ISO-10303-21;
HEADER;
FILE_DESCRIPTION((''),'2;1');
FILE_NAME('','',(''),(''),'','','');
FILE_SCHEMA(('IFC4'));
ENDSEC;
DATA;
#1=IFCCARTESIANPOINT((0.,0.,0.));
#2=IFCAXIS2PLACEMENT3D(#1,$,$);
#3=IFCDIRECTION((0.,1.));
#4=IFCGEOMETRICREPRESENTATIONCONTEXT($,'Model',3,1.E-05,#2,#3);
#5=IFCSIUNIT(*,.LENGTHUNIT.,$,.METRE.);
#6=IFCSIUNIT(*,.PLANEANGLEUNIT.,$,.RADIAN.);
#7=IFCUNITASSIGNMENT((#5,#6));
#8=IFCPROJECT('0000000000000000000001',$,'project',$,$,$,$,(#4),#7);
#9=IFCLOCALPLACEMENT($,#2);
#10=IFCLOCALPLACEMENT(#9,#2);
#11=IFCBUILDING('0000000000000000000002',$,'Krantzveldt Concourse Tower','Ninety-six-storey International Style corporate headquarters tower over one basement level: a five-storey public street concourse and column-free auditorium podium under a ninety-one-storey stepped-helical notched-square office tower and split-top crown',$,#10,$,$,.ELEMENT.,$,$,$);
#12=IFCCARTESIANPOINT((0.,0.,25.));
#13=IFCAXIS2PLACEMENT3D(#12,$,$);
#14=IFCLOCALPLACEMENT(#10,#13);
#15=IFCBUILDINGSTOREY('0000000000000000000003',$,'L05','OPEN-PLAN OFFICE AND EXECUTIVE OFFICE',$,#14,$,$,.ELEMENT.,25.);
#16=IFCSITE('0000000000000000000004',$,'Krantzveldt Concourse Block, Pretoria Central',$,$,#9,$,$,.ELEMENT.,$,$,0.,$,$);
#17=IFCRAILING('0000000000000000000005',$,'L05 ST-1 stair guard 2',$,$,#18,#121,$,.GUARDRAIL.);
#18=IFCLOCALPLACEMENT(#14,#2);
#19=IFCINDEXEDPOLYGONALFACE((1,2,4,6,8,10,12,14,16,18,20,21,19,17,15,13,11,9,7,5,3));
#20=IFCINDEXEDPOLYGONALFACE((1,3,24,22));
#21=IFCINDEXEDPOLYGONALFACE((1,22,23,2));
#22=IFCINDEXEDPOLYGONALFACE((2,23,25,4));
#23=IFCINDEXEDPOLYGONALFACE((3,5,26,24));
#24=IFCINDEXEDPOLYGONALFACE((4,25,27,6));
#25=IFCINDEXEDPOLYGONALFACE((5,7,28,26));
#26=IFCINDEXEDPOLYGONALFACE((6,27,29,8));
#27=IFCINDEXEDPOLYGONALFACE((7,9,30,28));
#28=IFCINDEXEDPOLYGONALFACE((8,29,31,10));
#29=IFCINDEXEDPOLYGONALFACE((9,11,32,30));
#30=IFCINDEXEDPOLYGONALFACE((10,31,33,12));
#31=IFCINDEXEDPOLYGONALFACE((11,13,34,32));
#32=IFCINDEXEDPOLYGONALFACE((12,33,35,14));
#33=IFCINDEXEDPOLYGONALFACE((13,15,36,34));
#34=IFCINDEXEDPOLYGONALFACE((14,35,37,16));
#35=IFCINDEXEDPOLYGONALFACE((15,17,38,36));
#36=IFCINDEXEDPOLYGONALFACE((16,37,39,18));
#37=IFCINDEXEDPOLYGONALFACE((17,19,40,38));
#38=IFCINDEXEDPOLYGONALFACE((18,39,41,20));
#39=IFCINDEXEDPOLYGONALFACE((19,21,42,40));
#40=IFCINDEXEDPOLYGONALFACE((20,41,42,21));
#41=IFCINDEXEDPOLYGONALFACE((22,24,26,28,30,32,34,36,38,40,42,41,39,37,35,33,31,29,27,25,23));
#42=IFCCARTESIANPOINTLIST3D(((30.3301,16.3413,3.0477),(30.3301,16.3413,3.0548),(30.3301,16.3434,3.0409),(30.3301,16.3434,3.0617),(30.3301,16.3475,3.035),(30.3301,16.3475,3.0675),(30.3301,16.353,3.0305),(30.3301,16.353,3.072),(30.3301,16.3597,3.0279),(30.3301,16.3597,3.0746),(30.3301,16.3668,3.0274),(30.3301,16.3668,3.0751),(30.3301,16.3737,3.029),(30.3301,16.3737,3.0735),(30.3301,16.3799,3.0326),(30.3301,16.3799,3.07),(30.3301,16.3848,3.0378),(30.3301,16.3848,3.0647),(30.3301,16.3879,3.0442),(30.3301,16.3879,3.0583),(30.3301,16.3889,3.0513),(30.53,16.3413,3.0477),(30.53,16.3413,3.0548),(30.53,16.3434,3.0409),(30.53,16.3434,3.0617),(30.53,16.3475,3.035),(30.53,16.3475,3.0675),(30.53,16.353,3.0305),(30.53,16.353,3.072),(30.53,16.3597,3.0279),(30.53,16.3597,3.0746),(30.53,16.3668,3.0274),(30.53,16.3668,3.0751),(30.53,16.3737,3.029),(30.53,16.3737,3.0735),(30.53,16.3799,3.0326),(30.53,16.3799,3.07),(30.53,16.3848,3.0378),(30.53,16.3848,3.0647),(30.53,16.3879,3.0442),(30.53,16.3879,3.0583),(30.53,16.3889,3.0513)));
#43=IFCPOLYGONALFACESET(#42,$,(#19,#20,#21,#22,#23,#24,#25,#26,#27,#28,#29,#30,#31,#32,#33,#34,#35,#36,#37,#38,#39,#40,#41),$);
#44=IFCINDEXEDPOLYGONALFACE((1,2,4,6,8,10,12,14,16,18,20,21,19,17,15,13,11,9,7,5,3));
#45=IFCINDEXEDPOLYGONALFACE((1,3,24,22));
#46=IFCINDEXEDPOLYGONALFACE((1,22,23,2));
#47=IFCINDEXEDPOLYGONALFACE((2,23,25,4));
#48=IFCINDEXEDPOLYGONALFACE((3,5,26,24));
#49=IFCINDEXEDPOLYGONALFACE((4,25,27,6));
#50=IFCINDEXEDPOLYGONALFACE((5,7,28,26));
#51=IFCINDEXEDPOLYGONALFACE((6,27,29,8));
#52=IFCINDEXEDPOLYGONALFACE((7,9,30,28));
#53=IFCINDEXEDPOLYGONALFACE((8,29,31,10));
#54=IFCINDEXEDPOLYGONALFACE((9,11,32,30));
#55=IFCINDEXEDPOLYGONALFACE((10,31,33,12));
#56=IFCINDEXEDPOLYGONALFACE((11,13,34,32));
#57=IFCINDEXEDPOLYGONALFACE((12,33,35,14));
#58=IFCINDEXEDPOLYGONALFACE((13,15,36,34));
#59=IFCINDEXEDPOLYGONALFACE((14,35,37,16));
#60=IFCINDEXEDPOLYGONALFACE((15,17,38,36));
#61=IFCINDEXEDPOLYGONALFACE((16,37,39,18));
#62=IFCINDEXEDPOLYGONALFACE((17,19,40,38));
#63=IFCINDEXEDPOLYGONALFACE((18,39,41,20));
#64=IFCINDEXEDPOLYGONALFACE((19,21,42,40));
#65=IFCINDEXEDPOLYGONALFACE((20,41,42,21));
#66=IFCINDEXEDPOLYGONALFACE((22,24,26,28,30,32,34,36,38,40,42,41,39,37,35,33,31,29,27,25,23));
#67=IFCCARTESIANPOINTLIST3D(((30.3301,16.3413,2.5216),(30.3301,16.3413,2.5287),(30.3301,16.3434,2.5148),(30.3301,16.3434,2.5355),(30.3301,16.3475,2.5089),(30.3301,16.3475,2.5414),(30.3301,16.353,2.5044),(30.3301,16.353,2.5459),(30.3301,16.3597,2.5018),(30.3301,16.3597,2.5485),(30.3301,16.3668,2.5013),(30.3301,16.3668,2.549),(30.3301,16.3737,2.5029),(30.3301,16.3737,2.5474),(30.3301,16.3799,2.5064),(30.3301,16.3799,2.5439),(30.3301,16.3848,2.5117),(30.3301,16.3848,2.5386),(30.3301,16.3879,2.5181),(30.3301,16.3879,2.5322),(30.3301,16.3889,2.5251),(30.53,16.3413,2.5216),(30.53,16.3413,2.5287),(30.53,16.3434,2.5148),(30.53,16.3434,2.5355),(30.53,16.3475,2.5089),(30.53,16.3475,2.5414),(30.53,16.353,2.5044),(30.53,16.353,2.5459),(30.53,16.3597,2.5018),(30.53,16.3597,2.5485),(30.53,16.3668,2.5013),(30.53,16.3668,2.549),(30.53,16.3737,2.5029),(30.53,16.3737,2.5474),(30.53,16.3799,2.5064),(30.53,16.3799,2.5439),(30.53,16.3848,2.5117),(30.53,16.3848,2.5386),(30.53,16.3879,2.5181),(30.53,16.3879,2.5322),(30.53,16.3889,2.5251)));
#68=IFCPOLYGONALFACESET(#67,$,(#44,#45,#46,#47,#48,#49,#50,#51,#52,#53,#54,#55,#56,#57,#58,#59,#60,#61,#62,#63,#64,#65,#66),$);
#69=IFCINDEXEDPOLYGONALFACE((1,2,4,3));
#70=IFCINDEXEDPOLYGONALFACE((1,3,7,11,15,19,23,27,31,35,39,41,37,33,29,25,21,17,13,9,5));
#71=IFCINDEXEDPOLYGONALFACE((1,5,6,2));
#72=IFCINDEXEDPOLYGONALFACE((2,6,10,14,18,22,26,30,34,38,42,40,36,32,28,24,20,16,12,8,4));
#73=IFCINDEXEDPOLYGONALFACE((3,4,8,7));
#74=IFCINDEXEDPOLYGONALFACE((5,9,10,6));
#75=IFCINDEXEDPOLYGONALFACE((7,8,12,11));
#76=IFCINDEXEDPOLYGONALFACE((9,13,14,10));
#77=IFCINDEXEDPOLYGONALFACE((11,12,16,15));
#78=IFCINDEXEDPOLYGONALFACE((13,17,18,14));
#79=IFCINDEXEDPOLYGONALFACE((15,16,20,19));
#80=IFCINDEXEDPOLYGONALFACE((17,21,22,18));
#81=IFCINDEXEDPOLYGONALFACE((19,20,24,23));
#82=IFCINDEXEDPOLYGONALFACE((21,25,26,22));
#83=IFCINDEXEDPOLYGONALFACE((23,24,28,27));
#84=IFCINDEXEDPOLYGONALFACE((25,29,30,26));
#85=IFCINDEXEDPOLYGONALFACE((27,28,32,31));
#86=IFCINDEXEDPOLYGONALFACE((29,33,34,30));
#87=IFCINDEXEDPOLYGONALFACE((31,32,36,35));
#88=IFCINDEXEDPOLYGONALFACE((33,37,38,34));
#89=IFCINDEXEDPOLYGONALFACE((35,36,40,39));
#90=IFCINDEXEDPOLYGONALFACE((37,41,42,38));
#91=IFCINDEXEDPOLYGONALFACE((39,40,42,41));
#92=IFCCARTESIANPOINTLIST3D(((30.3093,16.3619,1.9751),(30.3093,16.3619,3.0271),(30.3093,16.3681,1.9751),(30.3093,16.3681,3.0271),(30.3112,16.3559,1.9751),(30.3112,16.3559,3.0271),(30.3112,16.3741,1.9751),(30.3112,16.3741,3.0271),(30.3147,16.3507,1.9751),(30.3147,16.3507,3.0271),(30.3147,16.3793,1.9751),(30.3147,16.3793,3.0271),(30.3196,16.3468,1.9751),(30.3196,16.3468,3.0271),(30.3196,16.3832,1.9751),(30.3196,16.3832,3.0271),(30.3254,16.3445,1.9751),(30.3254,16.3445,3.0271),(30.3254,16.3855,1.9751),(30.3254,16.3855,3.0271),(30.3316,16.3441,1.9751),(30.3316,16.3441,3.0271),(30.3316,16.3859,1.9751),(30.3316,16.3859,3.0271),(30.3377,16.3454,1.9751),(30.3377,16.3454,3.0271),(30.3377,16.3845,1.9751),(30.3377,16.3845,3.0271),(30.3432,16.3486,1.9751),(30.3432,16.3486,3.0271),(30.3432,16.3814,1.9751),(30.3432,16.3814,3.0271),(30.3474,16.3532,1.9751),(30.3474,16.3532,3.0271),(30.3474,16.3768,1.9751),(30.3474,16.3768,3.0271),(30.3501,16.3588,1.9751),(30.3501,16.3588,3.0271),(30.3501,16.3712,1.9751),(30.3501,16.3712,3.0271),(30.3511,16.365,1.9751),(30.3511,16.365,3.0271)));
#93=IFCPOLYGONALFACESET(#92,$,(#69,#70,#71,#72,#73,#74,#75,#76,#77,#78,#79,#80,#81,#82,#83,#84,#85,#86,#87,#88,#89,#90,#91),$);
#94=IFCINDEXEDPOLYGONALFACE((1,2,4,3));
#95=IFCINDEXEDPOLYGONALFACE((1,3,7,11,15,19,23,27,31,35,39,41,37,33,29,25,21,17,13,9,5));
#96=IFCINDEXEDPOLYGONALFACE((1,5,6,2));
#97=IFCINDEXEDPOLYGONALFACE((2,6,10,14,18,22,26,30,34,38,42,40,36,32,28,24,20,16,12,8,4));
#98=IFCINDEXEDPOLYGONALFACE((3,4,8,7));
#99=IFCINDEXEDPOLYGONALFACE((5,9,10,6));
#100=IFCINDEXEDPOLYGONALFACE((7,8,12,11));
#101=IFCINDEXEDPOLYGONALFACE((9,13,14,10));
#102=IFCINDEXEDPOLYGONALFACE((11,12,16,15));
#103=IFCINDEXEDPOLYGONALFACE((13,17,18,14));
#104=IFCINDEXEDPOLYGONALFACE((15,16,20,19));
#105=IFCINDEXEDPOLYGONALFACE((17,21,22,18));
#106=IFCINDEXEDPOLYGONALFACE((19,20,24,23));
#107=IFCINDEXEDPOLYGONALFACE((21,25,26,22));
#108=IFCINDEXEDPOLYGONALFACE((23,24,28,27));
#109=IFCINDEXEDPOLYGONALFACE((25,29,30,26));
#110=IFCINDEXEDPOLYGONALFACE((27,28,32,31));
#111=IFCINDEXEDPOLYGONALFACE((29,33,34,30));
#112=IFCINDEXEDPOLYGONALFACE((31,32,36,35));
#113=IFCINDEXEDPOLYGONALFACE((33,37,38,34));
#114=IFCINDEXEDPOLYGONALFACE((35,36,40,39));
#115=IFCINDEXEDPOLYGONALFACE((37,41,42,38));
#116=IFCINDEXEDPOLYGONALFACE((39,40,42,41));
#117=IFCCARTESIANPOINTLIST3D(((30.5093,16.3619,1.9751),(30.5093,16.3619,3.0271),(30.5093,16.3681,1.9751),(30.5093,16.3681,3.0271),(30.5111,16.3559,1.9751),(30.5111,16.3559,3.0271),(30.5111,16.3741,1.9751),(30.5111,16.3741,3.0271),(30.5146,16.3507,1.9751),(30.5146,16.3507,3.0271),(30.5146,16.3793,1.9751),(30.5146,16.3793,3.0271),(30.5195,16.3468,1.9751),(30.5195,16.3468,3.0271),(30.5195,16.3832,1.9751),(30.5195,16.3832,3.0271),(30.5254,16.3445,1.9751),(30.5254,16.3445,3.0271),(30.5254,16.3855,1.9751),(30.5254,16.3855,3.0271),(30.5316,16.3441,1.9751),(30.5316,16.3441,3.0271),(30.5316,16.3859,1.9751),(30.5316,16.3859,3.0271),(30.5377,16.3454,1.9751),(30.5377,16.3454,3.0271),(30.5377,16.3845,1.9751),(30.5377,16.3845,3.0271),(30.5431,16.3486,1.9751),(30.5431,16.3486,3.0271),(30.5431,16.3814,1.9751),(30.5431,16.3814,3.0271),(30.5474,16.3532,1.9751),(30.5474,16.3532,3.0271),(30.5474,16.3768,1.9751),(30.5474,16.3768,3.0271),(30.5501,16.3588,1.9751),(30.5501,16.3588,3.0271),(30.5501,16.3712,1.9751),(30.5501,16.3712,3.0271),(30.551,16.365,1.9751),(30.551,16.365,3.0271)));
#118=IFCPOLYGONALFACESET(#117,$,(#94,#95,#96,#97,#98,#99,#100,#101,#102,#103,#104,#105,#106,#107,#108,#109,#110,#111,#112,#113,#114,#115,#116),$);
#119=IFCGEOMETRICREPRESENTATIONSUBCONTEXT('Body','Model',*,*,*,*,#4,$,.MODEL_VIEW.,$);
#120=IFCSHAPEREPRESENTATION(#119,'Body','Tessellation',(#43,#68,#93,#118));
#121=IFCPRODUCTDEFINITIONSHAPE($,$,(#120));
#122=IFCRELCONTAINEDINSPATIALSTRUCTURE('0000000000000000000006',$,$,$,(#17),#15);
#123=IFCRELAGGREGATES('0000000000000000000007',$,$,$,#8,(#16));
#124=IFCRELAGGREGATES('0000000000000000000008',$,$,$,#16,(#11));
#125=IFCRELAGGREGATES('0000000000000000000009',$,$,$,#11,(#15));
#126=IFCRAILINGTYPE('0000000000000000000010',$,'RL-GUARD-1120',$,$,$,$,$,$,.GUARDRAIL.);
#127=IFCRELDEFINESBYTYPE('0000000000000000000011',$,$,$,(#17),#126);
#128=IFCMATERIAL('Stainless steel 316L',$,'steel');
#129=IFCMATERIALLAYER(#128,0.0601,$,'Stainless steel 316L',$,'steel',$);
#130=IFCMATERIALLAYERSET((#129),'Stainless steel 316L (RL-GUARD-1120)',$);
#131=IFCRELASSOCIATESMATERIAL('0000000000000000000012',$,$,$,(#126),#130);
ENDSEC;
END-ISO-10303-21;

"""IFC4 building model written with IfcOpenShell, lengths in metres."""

from ifc_helpers import new_model, si_unit, direction, frame, origin, origin_2d, place, context, subcontext, project, spatial, circle, extrude, material, layer, layer_set, type_object, element, save


model = new_model("IFC4")

# Units and contexts
model_context = context("Model", 3, precision=1e-05, world=origin(), true_north=direction((0.0, 1.0)))
body_context = subcontext(model_context, "Body", "Model", "MODEL_VIEW")
ifc_project = project(units=[si_unit("LENGTHUNIT", "METRE"), si_unit("PLANEANGLEUNIT", "RADIAN")], contexts=[model_context])

# Site, building, storey
site_placement = place(None, origin())
site = spatial("IfcSite", under=ifc_project, at=site_placement, Name="Krantzveldt Concourse Block, Pretoria Central", CompositionType="ELEMENT", RefElevation=0.0)
building_placement = place(site_placement, origin())
building = spatial("IfcBuilding", under=site, at=building_placement, Name="Krantzveldt Concourse Tower", Description="Ninety-six-storey International Style corporate headquarters tower over one basement level: a five-storey public street concourse and column-free auditorium podium under a ninety-one-storey stepped-helical notched-square office tower and split-top crown", CompositionType="ELEMENT")
storey_placement = place(building_placement, frame((0.0, 0.0, 25.0)))
storey = spatial("IfcBuildingStorey", under=building, at=storey_placement, Name="L05", Description="OPEN-PLAN OFFICE AND EXECUTIVE OFFICE", CompositionType="ELEMENT", Elevation=25.0)

# Shared definitions
ifc_material_1 = material(Name="Stainless steel 316L", Category="steel")

# Railing
ifc_layer_1 = layer(ifc_material_1, 0.0601, Name="Stainless steel 316L", Category="steel")
ifc_layer_set_1 = layer_set([ifc_layer_1], Name="Stainless steel 316L (RL-GUARD-1120)")
railing_type_1 = type_object("IfcRailingType", Name="RL-GUARD-1120", PredefinedType="GUARDRAIL", material=ifc_layer_set_1)
railing_1_placement = place(storey_placement, frame((30.3301, 16.365, 1.9751)))
element("IfcRailing", 1, at=railing_1_placement, inside=storey, type_object=railing_type_1, Name="L05 ST-1 stair guard 2", PredefinedType="GUARDRAIL", context=body_context, shape_type="SweptSolid", body=[
    extrude(circle(Radius=0.0239, at=origin_2d()), frame((0.0, 0.0, 1.0762), z_axis=(1.0, 0.0, 0.0), x_axis=(0.0, 1.0, 0.0)), (0.0, 0.0, 1.0), 0.2),
    extrude(circle(Radius=0.0239, at=origin_2d()), frame((0.0, 0.0, 0.55), z_axis=(1.0, 0.0, 0.0), x_axis=(0.0, 1.0, 0.0)), (0.0, 0.0, 1.0), 0.2),
    extrude(circle(Radius=0.021, at=origin_2d()), origin(), (0.0, 0.0, 1.0), 1.052),
    extrude(circle(Radius=0.021, at=origin_2d()), frame((0.2, 0.0, 0.0)), (0.0, 0.0, 1.0), 1.052),
])

save(model, "model.ifc")
